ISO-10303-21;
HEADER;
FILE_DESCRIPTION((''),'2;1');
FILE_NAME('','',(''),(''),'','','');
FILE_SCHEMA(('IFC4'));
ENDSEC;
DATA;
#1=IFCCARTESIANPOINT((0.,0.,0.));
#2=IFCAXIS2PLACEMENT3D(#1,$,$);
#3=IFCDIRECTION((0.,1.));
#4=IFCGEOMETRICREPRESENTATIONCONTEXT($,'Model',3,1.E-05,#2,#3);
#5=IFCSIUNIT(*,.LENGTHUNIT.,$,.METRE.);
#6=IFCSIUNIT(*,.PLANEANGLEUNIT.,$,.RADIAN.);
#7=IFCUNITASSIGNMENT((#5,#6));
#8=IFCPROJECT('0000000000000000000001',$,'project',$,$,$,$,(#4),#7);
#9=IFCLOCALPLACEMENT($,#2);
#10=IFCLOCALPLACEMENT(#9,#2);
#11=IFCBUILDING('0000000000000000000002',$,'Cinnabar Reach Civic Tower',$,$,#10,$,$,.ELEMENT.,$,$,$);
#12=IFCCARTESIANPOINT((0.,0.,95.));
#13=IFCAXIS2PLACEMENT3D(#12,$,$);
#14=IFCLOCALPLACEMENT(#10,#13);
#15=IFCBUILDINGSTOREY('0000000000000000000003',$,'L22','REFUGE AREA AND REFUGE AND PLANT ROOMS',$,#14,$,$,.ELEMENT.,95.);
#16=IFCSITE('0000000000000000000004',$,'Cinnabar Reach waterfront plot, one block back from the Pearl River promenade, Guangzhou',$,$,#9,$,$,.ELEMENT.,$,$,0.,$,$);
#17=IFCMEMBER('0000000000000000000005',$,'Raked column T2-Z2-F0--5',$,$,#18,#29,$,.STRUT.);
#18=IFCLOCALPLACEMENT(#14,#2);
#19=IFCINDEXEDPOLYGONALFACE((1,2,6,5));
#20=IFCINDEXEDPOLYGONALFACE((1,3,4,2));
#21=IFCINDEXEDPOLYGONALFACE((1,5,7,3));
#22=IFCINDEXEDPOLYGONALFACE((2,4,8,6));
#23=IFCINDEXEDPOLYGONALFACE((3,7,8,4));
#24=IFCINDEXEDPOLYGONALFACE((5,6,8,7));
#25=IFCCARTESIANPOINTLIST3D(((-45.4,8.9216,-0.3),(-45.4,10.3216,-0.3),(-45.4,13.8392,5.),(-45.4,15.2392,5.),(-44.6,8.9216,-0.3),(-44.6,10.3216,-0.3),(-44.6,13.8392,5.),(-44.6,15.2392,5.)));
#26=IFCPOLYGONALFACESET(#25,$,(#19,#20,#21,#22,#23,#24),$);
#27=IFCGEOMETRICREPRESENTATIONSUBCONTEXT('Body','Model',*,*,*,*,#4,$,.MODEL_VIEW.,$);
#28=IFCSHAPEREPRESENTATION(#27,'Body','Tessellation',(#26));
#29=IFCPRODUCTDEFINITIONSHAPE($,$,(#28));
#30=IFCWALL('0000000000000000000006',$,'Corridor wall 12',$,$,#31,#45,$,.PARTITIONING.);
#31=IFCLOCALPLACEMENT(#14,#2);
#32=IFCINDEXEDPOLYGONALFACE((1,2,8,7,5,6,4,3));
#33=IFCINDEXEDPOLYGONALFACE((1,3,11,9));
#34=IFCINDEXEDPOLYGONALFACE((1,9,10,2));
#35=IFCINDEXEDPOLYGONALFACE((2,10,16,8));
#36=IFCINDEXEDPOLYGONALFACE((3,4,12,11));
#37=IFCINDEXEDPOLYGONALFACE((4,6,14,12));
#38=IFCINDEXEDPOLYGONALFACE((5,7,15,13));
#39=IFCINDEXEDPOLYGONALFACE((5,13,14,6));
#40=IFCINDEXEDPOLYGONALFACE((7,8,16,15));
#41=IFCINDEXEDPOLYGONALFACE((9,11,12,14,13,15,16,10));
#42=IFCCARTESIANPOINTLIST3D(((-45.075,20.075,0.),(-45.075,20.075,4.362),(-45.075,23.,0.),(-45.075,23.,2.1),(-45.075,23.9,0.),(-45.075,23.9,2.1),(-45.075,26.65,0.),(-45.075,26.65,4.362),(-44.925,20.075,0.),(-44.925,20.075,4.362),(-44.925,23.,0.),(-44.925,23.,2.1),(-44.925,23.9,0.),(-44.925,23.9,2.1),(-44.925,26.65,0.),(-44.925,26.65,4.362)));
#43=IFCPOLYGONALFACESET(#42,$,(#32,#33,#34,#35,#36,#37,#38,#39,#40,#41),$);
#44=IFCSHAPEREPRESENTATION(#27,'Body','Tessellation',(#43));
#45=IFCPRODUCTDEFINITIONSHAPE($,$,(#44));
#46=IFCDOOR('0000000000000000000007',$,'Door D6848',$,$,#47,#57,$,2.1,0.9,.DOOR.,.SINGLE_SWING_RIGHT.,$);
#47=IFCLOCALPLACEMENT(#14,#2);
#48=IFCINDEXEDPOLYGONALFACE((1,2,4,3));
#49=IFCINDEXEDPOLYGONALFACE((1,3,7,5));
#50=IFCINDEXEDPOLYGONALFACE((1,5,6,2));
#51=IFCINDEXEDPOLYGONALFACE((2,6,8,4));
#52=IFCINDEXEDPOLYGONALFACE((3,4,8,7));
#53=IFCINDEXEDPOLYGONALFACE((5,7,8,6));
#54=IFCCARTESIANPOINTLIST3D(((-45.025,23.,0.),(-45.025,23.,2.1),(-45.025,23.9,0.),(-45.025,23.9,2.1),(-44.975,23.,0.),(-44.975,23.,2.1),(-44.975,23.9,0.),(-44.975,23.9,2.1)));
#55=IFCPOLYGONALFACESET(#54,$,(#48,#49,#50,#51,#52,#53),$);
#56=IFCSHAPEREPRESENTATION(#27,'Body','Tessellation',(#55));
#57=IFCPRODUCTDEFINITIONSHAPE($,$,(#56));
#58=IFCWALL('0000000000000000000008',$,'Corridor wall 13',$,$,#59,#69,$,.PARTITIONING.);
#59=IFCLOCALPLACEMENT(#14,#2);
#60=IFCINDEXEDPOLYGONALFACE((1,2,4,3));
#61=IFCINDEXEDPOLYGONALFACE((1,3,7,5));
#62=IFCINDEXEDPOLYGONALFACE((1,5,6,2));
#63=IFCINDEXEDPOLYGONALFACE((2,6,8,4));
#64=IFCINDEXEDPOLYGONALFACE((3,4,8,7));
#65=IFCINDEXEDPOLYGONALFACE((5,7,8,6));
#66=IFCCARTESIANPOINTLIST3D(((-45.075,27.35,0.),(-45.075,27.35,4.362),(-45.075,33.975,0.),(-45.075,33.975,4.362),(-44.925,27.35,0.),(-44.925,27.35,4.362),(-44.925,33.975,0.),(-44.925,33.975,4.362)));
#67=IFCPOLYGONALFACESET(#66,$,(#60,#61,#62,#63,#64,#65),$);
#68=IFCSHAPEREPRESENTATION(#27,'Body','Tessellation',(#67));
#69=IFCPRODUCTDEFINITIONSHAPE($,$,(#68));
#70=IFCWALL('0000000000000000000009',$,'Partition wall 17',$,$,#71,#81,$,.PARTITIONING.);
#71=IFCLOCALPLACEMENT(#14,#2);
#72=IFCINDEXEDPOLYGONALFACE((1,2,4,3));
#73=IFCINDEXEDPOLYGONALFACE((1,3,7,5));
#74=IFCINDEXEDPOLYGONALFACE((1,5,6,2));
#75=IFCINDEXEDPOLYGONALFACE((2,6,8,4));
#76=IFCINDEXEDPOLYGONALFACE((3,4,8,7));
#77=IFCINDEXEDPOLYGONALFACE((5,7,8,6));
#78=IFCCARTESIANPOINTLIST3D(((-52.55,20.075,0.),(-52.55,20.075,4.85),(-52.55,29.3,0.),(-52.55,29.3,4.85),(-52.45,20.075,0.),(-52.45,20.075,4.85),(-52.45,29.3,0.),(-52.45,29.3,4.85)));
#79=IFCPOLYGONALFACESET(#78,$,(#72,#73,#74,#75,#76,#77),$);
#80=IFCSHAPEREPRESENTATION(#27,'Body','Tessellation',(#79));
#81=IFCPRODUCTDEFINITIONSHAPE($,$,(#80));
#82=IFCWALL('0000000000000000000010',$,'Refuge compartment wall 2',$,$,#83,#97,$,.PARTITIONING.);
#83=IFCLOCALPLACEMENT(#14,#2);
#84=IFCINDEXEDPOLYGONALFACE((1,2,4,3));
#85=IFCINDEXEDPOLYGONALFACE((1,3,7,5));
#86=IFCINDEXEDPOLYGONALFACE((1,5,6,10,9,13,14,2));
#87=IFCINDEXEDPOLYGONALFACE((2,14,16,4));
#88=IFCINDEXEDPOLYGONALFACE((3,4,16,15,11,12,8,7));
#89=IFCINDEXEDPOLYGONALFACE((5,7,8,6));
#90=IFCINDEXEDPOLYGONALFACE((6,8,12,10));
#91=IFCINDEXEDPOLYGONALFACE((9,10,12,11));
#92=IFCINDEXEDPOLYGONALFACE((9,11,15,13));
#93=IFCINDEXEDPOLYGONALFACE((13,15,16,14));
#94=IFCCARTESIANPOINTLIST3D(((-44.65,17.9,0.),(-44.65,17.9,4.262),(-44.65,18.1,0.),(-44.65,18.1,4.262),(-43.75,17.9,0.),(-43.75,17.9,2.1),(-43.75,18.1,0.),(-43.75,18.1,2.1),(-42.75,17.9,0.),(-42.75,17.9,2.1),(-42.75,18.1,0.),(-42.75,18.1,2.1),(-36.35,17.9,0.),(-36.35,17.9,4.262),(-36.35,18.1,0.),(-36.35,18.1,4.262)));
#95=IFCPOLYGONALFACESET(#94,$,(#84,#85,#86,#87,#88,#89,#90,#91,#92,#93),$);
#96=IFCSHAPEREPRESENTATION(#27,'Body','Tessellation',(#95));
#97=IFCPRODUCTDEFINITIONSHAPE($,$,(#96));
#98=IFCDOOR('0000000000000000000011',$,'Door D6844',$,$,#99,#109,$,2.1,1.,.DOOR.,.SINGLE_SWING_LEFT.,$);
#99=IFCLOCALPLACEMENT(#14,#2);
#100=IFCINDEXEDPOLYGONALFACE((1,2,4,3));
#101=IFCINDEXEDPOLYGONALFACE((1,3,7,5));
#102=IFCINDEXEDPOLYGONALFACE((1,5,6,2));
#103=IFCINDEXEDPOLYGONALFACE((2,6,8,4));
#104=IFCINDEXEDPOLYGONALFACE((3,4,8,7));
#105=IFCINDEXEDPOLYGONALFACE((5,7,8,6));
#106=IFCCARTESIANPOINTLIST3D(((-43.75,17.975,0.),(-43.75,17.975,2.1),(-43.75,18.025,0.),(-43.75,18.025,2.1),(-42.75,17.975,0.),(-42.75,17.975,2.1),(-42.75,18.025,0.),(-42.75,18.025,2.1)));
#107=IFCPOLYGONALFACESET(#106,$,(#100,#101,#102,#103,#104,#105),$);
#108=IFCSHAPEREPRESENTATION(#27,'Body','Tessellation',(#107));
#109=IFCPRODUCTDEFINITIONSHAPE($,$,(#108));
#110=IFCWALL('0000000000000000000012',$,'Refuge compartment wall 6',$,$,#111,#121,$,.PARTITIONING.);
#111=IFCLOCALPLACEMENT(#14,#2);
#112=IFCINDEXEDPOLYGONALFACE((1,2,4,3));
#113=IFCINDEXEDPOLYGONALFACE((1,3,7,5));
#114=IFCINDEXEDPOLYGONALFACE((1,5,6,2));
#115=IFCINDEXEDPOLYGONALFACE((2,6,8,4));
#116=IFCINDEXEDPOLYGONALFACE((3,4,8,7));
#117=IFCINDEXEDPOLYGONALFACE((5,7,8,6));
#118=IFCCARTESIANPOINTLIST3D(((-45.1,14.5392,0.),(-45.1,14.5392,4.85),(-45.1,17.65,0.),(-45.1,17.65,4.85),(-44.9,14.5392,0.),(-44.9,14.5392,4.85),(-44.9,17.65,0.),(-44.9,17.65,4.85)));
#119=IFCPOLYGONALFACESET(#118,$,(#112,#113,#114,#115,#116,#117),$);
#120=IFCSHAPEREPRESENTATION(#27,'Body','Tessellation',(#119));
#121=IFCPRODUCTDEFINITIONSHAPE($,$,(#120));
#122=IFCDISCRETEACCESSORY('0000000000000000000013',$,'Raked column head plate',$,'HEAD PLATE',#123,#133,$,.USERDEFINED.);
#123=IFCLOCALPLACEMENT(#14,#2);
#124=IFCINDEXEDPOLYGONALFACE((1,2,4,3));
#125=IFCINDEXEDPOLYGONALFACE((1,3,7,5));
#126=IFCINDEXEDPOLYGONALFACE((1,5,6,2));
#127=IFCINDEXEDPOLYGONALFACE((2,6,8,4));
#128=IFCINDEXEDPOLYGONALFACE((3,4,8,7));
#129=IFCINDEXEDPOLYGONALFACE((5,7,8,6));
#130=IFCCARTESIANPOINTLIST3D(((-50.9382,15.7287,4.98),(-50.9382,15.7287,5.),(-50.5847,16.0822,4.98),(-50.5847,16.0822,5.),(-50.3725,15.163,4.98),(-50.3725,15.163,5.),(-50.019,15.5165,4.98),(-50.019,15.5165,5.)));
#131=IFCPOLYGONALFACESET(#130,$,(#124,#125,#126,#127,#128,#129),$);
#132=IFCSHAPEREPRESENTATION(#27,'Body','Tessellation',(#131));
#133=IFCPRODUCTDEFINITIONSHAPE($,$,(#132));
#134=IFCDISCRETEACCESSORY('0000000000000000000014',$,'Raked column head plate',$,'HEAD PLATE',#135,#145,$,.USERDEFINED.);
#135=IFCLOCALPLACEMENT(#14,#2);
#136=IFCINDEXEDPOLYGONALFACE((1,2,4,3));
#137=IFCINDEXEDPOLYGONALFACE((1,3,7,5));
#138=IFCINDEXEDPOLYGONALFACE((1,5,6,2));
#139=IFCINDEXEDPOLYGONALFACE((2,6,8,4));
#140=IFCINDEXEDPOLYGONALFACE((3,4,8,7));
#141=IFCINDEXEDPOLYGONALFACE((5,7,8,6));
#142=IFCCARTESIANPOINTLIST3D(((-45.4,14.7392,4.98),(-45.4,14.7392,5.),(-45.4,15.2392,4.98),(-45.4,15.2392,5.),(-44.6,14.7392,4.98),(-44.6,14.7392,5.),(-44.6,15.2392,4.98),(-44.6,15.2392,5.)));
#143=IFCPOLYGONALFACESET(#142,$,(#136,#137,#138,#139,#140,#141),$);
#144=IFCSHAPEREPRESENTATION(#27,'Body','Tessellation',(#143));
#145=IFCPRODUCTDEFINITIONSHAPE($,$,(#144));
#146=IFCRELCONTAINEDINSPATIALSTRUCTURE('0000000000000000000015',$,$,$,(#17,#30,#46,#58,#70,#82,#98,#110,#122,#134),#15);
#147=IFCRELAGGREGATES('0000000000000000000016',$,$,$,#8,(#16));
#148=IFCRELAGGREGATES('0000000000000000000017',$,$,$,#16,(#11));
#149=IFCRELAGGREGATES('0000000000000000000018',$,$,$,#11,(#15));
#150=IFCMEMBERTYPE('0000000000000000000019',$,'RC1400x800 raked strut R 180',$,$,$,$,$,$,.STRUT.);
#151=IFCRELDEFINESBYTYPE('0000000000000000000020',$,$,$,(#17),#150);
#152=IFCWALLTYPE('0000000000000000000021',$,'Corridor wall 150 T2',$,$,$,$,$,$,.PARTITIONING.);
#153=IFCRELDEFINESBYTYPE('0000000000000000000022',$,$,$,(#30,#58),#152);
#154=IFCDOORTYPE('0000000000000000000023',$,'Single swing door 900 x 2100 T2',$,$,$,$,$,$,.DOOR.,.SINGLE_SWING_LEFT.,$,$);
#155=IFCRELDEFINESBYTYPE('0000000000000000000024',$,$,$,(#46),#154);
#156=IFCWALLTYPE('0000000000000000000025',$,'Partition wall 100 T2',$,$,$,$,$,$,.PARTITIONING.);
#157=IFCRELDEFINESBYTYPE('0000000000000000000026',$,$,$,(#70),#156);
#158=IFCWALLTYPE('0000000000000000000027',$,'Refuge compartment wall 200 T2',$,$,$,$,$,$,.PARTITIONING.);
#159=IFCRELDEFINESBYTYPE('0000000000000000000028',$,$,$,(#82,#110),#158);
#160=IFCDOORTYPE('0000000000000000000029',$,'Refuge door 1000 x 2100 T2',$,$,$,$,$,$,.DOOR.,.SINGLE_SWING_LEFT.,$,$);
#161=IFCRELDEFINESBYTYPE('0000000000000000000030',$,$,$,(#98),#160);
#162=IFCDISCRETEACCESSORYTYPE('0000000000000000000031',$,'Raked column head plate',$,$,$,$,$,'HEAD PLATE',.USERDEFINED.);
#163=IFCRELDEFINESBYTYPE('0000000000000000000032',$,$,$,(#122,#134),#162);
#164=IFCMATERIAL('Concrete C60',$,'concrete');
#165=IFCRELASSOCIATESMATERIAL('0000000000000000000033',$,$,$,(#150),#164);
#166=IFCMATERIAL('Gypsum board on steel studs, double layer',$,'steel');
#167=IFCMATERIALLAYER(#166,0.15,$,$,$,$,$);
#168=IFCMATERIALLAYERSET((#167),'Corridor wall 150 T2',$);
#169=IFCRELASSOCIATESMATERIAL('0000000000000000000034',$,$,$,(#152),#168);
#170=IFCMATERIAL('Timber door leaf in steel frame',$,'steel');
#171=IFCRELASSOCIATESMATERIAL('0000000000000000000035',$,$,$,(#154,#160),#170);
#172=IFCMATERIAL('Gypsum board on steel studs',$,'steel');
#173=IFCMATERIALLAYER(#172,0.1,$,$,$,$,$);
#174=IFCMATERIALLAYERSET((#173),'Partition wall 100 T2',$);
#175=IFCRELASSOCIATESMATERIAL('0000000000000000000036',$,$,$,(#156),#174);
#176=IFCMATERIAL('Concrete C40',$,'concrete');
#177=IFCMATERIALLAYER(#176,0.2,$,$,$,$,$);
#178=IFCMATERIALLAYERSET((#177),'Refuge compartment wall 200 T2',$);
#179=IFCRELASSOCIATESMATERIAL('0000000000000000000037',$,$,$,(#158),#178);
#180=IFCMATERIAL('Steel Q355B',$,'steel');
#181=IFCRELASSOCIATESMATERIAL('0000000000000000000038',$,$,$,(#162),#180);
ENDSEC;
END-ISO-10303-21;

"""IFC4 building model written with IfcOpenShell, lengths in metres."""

from ifc_helpers import new_model, si_unit, direction, frame, frame_2d, origin, origin_2d, place, context, subcontext, project, spatial, rectangle, extrude, material, layer, layer_set, material_profile, profile_set, type_object, element, fill, save


model = new_model("IFC4")

# Units and contexts
model_context = context("Model", 3, precision=1e-05, world=origin(), true_north=direction((0.0, 1.0)))
body_context = subcontext(model_context, "Body", "Model", "MODEL_VIEW")
ifc_project = project(units=[si_unit("LENGTHUNIT", "METRE"), si_unit("PLANEANGLEUNIT", "RADIAN")], contexts=[model_context])

# Site, building, storey
site_placement = place(None, origin())
site = spatial("IfcSite", under=ifc_project, at=site_placement, Name="Cinnabar Reach waterfront plot, one block back from the Pearl River promenade, Guangzhou", CompositionType="ELEMENT", RefElevation=0.0)
building_placement = place(site_placement, origin())
building = spatial("IfcBuilding", under=site, at=building_placement, Name="Cinnabar Reach Civic Tower", CompositionType="ELEMENT")
storey_placement = place(building_placement, frame((0.0, 0.0, 95.0)))
storey = spatial("IfcBuildingStorey", under=building, at=storey_placement, Name="L22", Description="REFUGE AREA AND REFUGE AND PLANT ROOMS", CompositionType="ELEMENT", Elevation=95.0)

# Shared definitions
ifc_material_1 = material(Name="Concrete C60", Category="concrete")

# Shared definitions
ifc_material_2 = material(Name="Steel Q355B", Category="steel")

# Member
ifc_material_profile_1 = material_profile(ifc_material_1, rectangle(XDim=1.4, YDim=0.8, at=origin_2d()), Name="RC1400x800")
ifc_profile_set_1 = profile_set([ifc_material_profile_1], Name="Concrete C60")
member_type = type_object("IfcMemberType", Name="RC1400x800 raked strut R 180", PredefinedType="STRUT", material=ifc_profile_set_1)
member_placement = place(storey_placement, frame((-45.0, 9.6216, -0.3), z_axis=(0.0, 0.0, 1.0), x_axis=(0.0, 1.0, 0.0)))
element("IfcMember", 1, at=member_placement, inside=storey, type_object=member_type, Name="Raked column T2-Z2-F0--5", PredefinedType="STRUT", context=body_context, shape_type="SweptSolid", body=[
    extrude(rectangle(XDim=1.4, YDim=0.8, at=origin_2d()), origin(), (0.680167, 0.0, 0.733057), 7.23),
])

# Wall, opening, door
ifc_material_3 = material(Name="Gypsum board on steel studs, double layer", Category="steel")
ifc_layer_1 = layer(ifc_material_3, 0.15)
ifc_layer_set_1 = layer_set([ifc_layer_1], Name="Corridor wall 150 T2")
wall_type_1 = type_object("IfcWallType", Name="Corridor wall 150 T2", PredefinedType="PARTITIONING", material=ifc_layer_set_1)
wall_1_placement = place(storey_placement, frame((-45.0, 20.075, 0.0), z_axis=(0.0, 0.0, 1.0), x_axis=(0.0, 1.0, 0.0)))
wall_1 = element("IfcWall", 2, at=wall_1_placement, inside=storey, type_object=wall_type_1, Name="Corridor wall 12", PredefinedType="PARTITIONING", context=body_context, shape_type="SweptSolid", body=[
    extrude(rectangle(XDim=6.575, YDim=0.15, at=frame_2d((3.2875, 0.0))), origin(), (0.0, 0.0, 1.0), 4.362),
])
opening_1_placement = place(wall_1_placement, frame((2.925, 0.0, 0.0)))
opening_1 = element("IfcOpeningElement", 3, at=opening_1_placement, cuts=wall_1, PredefinedType="OPENING", context=body_context, shape_type="SweptSolid", body=[
    extrude(rectangle(XDim=0.9, YDim=2.1, at=frame_2d((0.45, 1.05))), frame((0.0, 0.085, 0.0), z_axis=(0.0, -1.0, 0.0), x_axis=(1.0, 0.0, 0.0)), (0.0, 0.0, 1.0), 0.17),
])
ifc_material_4 = material(Name="Timber door leaf in steel frame", Category="steel")
door_type_1 = type_object("IfcDoorType", Name="Single swing door 900 x 2100 T2", OperationType="SINGLE_SWING_LEFT", PredefinedType="DOOR", material=ifc_material_4)
door_1_placement = place(opening_1_placement, origin())
door_1 = element("IfcDoor", 4, at=door_1_placement, inside=storey, type_object=door_type_1, Name="Door D6848", OperationType="SINGLE_SWING_RIGHT", OverallHeight=2.1, OverallWidth=0.9, PredefinedType="DOOR", context=body_context, shape_type="SweptSolid", body=[
    extrude(rectangle(XDim=0.9, YDim=2.1, at=frame_2d((0.45, 1.05))), frame((0.0, 0.025, 0.0), z_axis=(0.0, -1.0, 0.0), x_axis=(1.0, 0.0, 0.0)), (0.0, 0.0, 1.0), 0.05),
])
fill(opening_1, door_1)

# Walls
wall_2_placement = place(storey_placement, frame((-45.0, 27.35, 0.0), z_axis=(0.0, 0.0, 1.0), x_axis=(0.0, 1.0, 0.0)))
element("IfcWall", 5, at=wall_2_placement, inside=storey, type_object=wall_type_1, Name="Corridor wall 13", PredefinedType="PARTITIONING", context=body_context, shape_type="SweptSolid", body=[
    extrude(rectangle(XDim=6.625, YDim=0.15, at=frame_2d((3.3125, 0.0))), origin(), (0.0, 0.0, 1.0), 4.362),
])
ifc_material_5 = material(Name="Gypsum board on steel studs", Category="steel")
ifc_layer_2 = layer(ifc_material_5, 0.1)
ifc_layer_set_2 = layer_set([ifc_layer_2], Name="Partition wall 100 T2")
wall_type_2 = type_object("IfcWallType", Name="Partition wall 100 T2", PredefinedType="PARTITIONING", material=ifc_layer_set_2)
wall_3_placement = place(storey_placement, frame((-52.5, 20.075, 0.0), z_axis=(0.0, 0.0, 1.0), x_axis=(0.0, 1.0, 0.0)))
element("IfcWall", 6, at=wall_3_placement, inside=storey, type_object=wall_type_2, Name="Partition wall 17", PredefinedType="PARTITIONING", context=body_context, shape_type="SweptSolid", body=[
    extrude(rectangle(XDim=9.225, YDim=0.1, at=frame_2d((4.6125, 0.0))), origin(), (0.0, 0.0, 1.0), 4.85),
])

# Wall, opening, door
ifc_material_6 = material(Name="Concrete C40", Category="concrete")
ifc_layer_3 = layer(ifc_material_6, 0.2)
ifc_layer_set_3 = layer_set([ifc_layer_3], Name="Refuge compartment wall 200 T2")
wall_type_3 = type_object("IfcWallType", Name="Refuge compartment wall 200 T2", PredefinedType="PARTITIONING", material=ifc_layer_set_3)
wall_4_placement = place(storey_placement, frame((-44.65, 18.0, 0.0), z_axis=(0.0, 0.0, 1.0), x_axis=(1.0, 0.0, 0.0)))
wall_4 = element("IfcWall", 7, at=wall_4_placement, inside=storey, type_object=wall_type_3, Name="Refuge compartment wall 2", PredefinedType="PARTITIONING", context=body_context, shape_type="SweptSolid", body=[
    extrude(rectangle(XDim=8.3, YDim=0.2, at=frame_2d((4.15, 0.0))), origin(), (0.0, 0.0, 1.0), 4.262),
])
opening_2_placement = place(wall_4_placement, frame((0.9, 0.0, 0.0)))
opening_2 = element("IfcOpeningElement", 8, at=opening_2_placement, cuts=wall_4, PredefinedType="OPENING", context=body_context, shape_type="SweptSolid", body=[
    extrude(rectangle(XDim=1.0, YDim=2.1, at=frame_2d((0.5, 1.05))), frame((0.0, 0.11, 0.0), z_axis=(0.0, -1.0, 0.0), x_axis=(1.0, 0.0, 0.0)), (0.0, 0.0, 1.0), 0.22),
])
door_type_2 = type_object("IfcDoorType", Name="Refuge door 1000 x 2100 T2", OperationType="SINGLE_SWING_LEFT", PredefinedType="DOOR", material=ifc_material_4)
door_2_placement = place(opening_2_placement, origin())
door_2 = element("IfcDoor", 9, at=door_2_placement, inside=storey, type_object=door_type_2, Name="Door D6844", OperationType="SINGLE_SWING_LEFT", OverallHeight=2.1, OverallWidth=1.0, PredefinedType="DOOR", context=body_context, shape_type="SweptSolid", body=[
    extrude(rectangle(XDim=1.0, YDim=2.1, at=frame_2d((0.5, 1.05))), frame((0.0, 0.025, 0.0), z_axis=(0.0, -1.0, 0.0), x_axis=(1.0, 0.0, 0.0)), (0.0, 0.0, 1.0), 0.05),
])
fill(opening_2, door_2)

# Wall
wall_5_placement = place(storey_placement, frame((-45.0, 14.5392, 0.0), z_axis=(0.0, 0.0, 1.0), x_axis=(0.0, 1.0, 0.0)))
element("IfcWall", 10, at=wall_5_placement, inside=storey, type_object=wall_type_3, Name="Refuge compartment wall 6", PredefinedType="PARTITIONING", context=body_context, shape_type="SweptSolid", body=[
    extrude(rectangle(XDim=3.1108, YDim=0.2, at=frame_2d((1.5554, 0.0))), origin(), (0.0, 0.0, 1.0), 4.85),
])

# Discrete accessories
discrete_accessory_type = type_object("IfcDiscreteAccessoryType", Name="Raked column head plate", ElementType="HEAD PLATE", PredefinedType="USERDEFINED", material=ifc_material_2)
for number, where, z_axis, x_axis, name in (
    (11, (-50.4786, 15.6226, 4.98), (0.0, 0.0, 1.0), (0.707107, 0.707107, 0.0), "Raked column head plate"),
    (12, (-45.0, 14.9892, 4.98), (0.0, 0.0, 1.0), (0.0, 1.0, 0.0), "Raked column head plate"),
):
    element("IfcDiscreteAccessory", number, at=place(storey_placement, frame(where, z_axis=z_axis, x_axis=x_axis)), inside=storey, type_object=discrete_accessory_type, Name=name, ObjectType="HEAD PLATE", PredefinedType="USERDEFINED", context=body_context, shape_type="SweptSolid", body=[
        extrude(rectangle(XDim=0.5, YDim=0.8, at=origin_2d()), origin(), (0.0, 0.0, 1.0), 0.02),
    ])

save(model, "model.ifc")
